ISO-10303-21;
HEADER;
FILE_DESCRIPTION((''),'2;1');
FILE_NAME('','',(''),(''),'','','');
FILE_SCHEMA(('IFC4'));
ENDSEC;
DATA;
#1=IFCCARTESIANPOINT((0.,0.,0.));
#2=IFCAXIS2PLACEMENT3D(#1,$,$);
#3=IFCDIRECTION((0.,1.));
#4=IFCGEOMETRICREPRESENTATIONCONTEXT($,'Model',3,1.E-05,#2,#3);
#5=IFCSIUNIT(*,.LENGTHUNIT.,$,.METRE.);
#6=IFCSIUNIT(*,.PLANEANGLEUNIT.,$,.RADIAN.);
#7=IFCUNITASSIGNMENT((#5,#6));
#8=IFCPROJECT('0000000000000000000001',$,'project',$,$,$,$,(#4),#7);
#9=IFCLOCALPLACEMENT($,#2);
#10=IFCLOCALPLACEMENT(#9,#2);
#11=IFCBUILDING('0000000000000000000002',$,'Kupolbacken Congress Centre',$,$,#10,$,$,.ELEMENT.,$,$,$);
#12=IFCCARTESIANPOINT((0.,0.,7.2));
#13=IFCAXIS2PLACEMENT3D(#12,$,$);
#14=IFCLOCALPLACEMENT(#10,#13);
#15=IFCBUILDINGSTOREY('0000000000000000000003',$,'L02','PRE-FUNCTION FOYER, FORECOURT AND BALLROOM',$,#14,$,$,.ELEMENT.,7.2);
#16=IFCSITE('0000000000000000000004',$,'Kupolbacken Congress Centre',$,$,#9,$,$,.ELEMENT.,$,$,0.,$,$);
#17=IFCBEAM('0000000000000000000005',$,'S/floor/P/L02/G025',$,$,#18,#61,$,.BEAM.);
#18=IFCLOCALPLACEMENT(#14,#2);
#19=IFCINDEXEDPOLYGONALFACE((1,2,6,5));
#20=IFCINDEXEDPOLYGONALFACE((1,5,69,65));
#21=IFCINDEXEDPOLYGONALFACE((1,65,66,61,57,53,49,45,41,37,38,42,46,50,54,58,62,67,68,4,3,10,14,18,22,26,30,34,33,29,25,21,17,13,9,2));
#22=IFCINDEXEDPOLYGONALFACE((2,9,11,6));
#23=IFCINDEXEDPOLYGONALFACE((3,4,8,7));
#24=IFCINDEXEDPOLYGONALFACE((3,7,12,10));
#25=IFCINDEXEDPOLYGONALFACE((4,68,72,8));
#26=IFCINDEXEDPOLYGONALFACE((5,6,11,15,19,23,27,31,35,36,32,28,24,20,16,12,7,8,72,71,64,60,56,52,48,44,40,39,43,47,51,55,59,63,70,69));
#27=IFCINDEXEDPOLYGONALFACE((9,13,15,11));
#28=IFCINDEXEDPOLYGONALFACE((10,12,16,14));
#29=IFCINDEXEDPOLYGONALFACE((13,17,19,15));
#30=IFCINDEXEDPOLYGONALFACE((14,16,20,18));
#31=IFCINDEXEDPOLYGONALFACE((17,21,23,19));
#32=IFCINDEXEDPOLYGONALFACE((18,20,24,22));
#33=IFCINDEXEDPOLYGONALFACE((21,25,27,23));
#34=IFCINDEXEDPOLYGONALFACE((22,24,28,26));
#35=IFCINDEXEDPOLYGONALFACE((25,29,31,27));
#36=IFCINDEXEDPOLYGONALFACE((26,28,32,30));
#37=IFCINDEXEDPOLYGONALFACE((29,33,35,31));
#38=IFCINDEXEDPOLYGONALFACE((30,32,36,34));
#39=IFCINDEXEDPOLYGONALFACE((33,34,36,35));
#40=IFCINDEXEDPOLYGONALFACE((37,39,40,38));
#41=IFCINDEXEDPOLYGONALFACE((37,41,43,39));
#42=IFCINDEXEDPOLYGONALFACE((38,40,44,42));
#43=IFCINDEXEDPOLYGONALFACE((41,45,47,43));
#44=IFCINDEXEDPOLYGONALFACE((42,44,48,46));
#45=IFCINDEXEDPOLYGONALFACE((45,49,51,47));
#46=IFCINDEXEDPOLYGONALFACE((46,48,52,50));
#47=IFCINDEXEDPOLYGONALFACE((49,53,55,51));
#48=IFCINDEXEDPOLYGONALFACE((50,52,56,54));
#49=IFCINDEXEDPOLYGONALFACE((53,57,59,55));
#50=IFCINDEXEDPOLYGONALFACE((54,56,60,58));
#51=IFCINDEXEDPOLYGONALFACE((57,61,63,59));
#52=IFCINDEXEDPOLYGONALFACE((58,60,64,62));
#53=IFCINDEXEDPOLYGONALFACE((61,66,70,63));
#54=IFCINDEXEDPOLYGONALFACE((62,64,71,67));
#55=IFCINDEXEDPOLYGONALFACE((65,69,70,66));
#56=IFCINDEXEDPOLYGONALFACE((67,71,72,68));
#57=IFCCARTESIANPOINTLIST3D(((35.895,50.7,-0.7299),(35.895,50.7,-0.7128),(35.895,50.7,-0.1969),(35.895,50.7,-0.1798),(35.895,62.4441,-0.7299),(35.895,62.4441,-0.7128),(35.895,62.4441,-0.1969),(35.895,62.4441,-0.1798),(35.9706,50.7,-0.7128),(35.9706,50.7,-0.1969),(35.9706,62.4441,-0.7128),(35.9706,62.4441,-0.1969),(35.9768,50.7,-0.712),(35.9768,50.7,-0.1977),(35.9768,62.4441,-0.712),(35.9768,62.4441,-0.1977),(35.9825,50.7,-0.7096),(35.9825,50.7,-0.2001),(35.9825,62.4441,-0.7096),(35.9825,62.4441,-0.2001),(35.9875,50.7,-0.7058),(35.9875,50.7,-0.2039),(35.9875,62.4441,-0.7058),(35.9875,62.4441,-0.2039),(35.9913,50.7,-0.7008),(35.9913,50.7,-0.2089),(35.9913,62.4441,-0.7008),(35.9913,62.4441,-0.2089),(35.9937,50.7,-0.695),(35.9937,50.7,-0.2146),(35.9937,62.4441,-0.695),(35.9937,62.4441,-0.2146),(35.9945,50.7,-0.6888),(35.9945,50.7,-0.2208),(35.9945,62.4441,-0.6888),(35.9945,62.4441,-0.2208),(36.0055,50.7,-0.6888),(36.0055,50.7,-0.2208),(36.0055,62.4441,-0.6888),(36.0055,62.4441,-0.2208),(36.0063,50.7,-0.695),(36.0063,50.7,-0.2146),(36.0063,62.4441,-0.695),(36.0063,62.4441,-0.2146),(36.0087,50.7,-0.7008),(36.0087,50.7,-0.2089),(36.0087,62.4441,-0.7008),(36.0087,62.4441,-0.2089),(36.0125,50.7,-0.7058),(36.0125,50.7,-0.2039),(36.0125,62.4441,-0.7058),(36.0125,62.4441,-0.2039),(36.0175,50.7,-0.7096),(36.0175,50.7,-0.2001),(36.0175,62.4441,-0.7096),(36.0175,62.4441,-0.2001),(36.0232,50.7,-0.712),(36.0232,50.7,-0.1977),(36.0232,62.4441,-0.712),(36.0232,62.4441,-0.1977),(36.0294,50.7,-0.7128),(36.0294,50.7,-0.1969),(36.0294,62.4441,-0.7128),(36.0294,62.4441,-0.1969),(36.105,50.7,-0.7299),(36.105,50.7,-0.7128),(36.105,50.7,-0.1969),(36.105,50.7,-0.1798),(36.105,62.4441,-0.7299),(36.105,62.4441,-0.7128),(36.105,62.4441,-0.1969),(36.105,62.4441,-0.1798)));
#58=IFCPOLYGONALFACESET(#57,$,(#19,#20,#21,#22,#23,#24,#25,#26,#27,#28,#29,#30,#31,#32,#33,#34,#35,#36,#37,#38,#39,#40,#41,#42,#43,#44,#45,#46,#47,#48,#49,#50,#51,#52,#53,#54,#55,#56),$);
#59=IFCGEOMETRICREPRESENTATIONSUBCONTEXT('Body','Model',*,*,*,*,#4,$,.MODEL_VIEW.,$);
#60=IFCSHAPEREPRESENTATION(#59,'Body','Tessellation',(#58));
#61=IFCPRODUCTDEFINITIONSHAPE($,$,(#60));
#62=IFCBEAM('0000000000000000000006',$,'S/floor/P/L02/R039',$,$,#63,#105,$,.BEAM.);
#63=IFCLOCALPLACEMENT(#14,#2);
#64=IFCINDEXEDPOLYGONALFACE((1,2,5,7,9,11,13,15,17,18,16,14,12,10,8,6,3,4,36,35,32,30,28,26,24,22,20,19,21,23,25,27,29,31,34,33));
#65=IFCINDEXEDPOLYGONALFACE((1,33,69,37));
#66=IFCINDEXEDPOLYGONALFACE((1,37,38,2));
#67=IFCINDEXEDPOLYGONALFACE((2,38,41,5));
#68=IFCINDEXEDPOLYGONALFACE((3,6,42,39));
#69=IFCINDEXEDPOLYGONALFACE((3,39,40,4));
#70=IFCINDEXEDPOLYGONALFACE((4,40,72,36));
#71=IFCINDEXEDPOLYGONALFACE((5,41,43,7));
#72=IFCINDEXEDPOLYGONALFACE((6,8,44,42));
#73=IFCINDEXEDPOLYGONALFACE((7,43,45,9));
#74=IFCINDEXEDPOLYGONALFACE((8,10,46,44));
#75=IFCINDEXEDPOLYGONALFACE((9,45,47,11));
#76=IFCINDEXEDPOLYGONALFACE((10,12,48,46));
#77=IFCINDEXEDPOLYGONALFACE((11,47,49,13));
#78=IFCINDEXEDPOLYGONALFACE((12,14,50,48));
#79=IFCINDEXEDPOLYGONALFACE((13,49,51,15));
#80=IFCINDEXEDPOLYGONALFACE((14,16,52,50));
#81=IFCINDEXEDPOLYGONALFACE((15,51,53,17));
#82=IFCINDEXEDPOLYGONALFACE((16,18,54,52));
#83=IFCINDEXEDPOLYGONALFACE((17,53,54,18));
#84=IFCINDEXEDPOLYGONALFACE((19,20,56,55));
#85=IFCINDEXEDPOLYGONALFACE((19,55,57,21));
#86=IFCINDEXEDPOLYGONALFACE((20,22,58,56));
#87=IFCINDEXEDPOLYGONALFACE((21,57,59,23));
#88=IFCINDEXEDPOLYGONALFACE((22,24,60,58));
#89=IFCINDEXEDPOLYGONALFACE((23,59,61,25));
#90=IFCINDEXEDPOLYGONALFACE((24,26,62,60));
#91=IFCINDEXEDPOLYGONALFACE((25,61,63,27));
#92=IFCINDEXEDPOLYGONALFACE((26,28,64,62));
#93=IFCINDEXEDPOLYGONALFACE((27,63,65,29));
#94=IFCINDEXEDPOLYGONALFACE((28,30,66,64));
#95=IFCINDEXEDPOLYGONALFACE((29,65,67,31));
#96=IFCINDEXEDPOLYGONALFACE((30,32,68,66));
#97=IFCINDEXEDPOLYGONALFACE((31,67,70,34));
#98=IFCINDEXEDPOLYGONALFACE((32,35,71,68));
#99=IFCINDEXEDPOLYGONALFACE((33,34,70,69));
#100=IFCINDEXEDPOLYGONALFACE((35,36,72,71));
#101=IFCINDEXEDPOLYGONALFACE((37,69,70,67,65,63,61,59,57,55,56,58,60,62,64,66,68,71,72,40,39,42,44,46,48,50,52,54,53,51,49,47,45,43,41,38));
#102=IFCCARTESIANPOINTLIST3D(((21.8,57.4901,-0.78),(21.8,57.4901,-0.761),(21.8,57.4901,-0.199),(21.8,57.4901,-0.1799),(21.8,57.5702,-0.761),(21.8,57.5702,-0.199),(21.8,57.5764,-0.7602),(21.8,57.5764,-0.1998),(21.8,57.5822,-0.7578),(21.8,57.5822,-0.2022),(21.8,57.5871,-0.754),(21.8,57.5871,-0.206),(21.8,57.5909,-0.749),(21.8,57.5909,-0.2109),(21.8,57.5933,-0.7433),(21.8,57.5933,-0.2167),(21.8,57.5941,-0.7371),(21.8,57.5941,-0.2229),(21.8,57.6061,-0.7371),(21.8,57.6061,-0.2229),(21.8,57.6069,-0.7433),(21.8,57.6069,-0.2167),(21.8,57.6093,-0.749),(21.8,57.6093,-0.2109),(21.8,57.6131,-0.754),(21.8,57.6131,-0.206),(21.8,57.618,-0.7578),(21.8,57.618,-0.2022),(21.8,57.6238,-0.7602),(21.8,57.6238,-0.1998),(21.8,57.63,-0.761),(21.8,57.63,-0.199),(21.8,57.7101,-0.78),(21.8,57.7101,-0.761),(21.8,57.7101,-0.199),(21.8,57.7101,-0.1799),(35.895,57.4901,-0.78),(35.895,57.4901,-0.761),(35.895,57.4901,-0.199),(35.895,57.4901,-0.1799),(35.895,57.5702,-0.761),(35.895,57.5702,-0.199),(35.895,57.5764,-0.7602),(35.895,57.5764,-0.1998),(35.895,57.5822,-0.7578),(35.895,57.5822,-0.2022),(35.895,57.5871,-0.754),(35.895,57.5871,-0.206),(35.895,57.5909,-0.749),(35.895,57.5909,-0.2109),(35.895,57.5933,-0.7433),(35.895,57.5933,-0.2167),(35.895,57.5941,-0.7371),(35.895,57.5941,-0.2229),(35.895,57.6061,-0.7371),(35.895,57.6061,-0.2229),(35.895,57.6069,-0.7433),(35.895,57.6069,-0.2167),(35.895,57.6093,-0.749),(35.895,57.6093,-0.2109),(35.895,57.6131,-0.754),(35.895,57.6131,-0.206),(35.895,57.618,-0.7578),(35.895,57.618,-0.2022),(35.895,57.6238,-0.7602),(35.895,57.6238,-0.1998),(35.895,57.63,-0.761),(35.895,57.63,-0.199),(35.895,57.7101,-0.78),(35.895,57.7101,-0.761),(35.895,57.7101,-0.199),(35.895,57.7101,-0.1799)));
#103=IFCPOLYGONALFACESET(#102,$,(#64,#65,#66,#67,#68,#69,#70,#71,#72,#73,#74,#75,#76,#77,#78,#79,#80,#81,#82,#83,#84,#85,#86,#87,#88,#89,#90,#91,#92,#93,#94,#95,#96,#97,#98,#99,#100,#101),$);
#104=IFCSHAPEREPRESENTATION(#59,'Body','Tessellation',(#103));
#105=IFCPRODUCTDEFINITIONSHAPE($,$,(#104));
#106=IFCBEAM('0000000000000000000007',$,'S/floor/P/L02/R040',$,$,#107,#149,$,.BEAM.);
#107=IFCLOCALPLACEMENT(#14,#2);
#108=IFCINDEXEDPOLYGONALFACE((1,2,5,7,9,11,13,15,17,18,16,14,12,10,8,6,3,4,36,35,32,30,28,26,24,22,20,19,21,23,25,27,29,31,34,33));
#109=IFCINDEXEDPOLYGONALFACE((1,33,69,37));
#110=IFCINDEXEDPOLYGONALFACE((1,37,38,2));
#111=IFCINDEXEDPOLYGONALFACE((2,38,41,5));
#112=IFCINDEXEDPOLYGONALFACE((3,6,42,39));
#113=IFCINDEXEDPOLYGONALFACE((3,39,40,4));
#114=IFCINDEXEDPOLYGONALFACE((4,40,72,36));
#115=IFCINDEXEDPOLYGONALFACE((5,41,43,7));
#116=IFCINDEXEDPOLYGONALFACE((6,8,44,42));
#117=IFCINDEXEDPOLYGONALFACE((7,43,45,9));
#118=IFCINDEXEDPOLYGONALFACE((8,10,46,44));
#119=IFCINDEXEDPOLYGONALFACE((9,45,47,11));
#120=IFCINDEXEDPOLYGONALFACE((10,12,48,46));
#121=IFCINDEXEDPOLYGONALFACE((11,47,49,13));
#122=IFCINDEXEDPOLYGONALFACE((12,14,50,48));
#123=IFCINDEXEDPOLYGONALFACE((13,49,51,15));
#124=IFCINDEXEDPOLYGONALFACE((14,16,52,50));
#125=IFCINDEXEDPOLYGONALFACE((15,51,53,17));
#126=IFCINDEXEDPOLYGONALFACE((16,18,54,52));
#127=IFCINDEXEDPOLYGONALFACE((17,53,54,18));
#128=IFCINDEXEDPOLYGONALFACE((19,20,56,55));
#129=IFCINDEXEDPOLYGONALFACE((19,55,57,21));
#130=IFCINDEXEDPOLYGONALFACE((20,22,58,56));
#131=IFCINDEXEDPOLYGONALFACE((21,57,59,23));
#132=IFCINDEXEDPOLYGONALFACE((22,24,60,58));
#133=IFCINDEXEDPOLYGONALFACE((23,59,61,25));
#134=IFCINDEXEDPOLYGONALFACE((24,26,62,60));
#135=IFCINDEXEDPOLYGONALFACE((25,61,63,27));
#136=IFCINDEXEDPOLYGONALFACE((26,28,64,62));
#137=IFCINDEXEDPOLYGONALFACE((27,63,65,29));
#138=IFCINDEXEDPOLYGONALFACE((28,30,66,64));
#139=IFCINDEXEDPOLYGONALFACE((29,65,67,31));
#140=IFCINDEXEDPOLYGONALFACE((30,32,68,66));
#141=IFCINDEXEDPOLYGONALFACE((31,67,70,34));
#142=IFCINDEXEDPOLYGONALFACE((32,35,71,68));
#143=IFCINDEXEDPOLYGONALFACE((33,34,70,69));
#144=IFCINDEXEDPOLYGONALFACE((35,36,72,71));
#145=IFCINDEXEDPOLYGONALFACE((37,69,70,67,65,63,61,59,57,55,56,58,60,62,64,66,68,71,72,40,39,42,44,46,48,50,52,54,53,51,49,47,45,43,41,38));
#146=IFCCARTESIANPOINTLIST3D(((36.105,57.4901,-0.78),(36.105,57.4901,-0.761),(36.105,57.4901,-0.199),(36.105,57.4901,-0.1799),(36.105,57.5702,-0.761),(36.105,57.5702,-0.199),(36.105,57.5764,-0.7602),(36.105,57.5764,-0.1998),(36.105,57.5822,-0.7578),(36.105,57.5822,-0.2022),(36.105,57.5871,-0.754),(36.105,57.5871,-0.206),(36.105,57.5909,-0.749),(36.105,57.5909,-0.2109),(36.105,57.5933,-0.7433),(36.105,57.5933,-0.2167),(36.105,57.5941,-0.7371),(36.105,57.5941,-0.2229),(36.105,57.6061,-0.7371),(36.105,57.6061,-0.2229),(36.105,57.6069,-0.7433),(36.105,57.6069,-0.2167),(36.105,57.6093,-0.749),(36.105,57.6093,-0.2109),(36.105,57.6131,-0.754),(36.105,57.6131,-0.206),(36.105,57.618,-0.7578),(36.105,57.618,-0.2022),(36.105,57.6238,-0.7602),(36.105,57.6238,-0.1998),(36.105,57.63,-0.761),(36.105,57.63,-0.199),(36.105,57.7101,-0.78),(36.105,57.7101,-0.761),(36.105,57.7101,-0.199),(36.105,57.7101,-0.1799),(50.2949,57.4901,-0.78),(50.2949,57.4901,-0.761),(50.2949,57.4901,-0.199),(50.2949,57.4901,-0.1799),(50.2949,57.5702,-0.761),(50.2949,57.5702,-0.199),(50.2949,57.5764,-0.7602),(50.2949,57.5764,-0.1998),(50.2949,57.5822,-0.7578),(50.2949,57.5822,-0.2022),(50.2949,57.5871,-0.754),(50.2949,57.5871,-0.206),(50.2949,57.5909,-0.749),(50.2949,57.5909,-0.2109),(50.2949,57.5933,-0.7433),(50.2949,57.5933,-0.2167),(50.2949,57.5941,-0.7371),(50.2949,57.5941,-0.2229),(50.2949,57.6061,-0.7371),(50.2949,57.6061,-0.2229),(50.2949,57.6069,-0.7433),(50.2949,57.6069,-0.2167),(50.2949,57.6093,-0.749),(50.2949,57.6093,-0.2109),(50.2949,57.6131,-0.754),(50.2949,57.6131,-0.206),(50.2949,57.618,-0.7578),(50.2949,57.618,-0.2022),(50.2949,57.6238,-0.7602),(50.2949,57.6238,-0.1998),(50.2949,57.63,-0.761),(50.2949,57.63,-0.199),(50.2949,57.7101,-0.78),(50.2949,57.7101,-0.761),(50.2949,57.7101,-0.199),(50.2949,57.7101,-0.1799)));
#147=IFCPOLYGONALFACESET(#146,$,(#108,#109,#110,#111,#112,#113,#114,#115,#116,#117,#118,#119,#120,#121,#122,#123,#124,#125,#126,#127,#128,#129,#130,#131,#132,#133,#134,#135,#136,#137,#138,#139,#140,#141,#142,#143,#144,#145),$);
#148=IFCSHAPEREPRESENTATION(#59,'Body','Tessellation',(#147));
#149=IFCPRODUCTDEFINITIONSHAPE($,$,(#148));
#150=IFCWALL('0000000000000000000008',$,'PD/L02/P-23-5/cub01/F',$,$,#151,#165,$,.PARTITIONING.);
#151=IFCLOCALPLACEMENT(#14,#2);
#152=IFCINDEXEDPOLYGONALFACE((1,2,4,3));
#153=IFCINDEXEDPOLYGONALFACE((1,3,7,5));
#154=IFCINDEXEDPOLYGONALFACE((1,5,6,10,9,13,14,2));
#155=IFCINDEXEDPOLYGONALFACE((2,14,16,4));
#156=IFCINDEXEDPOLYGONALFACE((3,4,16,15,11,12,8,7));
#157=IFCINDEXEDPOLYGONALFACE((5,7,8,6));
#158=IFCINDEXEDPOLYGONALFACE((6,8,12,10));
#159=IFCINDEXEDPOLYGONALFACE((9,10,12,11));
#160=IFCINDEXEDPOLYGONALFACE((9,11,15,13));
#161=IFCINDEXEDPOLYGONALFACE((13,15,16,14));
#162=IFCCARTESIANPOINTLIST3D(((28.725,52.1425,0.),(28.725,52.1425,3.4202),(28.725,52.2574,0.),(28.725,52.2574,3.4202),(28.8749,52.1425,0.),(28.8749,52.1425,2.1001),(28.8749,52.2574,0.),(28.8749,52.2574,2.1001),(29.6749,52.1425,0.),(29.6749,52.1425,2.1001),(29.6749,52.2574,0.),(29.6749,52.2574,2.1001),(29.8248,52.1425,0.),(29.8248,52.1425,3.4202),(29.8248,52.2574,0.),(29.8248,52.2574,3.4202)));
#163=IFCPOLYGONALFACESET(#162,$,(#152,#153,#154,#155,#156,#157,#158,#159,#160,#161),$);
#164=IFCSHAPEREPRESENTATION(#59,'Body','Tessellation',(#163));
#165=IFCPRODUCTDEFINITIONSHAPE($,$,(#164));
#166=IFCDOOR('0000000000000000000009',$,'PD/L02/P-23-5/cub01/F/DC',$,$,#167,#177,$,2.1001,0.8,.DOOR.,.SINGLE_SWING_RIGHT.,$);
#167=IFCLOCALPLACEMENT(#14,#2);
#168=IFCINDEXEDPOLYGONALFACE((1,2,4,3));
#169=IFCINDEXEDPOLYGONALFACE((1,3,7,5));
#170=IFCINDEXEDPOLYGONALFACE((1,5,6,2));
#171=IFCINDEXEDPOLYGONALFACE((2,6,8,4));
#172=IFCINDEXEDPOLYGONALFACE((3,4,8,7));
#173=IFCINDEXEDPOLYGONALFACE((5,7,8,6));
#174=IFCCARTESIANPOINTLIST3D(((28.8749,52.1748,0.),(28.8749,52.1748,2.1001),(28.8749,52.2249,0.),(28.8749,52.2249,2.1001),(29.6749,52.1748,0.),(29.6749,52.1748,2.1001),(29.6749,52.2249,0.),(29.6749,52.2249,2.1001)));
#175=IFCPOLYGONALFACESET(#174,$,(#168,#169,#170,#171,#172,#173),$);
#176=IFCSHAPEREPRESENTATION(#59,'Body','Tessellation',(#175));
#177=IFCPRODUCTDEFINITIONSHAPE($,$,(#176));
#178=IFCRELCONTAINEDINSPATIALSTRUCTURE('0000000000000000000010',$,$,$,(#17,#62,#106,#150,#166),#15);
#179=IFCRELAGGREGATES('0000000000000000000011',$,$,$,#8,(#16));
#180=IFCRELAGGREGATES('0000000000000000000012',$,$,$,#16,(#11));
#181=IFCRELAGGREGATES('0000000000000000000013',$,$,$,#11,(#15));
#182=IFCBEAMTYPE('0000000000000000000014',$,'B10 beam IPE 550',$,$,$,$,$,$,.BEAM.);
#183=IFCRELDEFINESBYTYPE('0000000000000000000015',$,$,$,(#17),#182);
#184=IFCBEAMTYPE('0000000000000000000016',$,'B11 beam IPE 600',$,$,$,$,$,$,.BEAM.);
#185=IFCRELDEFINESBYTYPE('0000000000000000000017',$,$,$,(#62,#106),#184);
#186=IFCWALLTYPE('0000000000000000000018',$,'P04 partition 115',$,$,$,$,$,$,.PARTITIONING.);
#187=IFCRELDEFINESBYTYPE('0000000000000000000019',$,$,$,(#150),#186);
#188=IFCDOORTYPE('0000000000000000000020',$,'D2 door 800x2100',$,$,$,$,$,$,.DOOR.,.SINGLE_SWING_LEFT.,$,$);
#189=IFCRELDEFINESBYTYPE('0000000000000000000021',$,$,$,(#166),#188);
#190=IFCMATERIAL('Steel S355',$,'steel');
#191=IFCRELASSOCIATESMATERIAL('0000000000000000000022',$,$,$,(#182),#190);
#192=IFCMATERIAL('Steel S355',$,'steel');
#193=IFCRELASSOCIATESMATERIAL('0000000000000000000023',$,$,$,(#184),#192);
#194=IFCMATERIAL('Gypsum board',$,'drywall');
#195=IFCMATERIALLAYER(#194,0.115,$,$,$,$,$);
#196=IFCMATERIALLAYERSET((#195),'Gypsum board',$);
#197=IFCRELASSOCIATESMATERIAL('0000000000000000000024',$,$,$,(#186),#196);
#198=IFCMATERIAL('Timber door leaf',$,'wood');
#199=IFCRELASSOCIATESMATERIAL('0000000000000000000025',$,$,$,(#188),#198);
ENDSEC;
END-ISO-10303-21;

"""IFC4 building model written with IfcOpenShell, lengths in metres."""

from ifc_helpers import new_model, si_unit, direction, frame, frame_2d, origin, origin_2d, place, context, subcontext, project, spatial, rectangle, i_section, extrude, material, layer, layer_set, material_profile, profile_set, type_object, element, fill, save


model = new_model("IFC4")

# Units and contexts
model_context = context("Model", 3, precision=1e-05, world=origin(), true_north=direction((0.0, 1.0)))
body_context = subcontext(model_context, "Body", "Model", "MODEL_VIEW")
ifc_project = project(units=[si_unit("LENGTHUNIT", "METRE"), si_unit("PLANEANGLEUNIT", "RADIAN")], contexts=[model_context])

# Site, building, storey
site_placement = place(None, origin())
site = spatial("IfcSite", under=ifc_project, at=site_placement, Name="Kupolbacken Congress Centre", CompositionType="ELEMENT", RefElevation=0.0)
building_placement = place(site_placement, origin())
building = spatial("IfcBuilding", under=site, at=building_placement, Name="Kupolbacken Congress Centre", CompositionType="ELEMENT")
storey_placement = place(building_placement, frame((0.0, 0.0, 7.2)))
storey = spatial("IfcBuildingStorey", under=building, at=storey_placement, Name="L02", Description="PRE-FUNCTION FOYER, FORECOURT AND BALLROOM", CompositionType="ELEMENT", Elevation=7.2)

# Beams
ifc_material_1 = material(Name="Steel S355", Category="steel")
ifc_material_profile_1 = material_profile(ifc_material_1, i_section(OverallWidth=0.21, OverallDepth=0.55, WebThickness=0.011, FlangeThickness=0.0171, FilletRadius=0.0239, at=origin_2d()), Name="IPE 550")
ifc_profile_set_1 = profile_set([ifc_material_profile_1], Name="Steel S355")
beam_type_1 = type_object("IfcBeamType", Name="B10 beam IPE 550", PredefinedType="BEAM", material=ifc_profile_set_1)
beam_1_placement = place(storey_placement, frame((36.0, 50.7, -0.4548), z_axis=(0.0, 1.0, 0.0), x_axis=(-1.0, 0.0, 0.0)))
element("IfcBeam", 1, at=beam_1_placement, inside=storey, type_object=beam_type_1, Name="S/floor/P/L02/G025", PredefinedType="BEAM", context=body_context, shape_type="SweptSolid", body=[
    extrude(i_section(OverallWidth=0.21, OverallDepth=0.55, WebThickness=0.011, FlangeThickness=0.0171, FilletRadius=0.0239, at=origin_2d()), origin(), (0.0, 0.0, 1.0), 11.7441),
])
ifc_material_2 = material(Name="Steel S355", Category="steel")
ifc_material_profile_2 = material_profile(ifc_material_2, i_section(OverallWidth=0.22, OverallDepth=0.6001, WebThickness=0.012, FlangeThickness=0.019, FilletRadius=0.0239, at=origin_2d()), Name="IPE 600")
ifc_profile_set_2 = profile_set([ifc_material_profile_2], Name="Steel S355")
beam_type_2 = type_object("IfcBeamType", Name="B11 beam IPE 600", PredefinedType="BEAM", material=ifc_profile_set_2)
beam_2_placement = place(storey_placement, frame((21.8, 57.6001, -0.48), z_axis=(1.0, 0.0, 0.0), x_axis=(0.0, 1.0, 0.0)))
element("IfcBeam", 2, at=beam_2_placement, inside=storey, type_object=beam_type_2, Name="S/floor/P/L02/R039", PredefinedType="BEAM", context=body_context, shape_type="SweptSolid", body=[
    extrude(i_section(OverallWidth=0.22, OverallDepth=0.6001, WebThickness=0.012, FlangeThickness=0.019, FilletRadius=0.0239, at=origin_2d()), origin(), (0.0, 0.0, 1.0), 14.095),
])
beam_3_placement = place(storey_placement, frame((36.105, 57.6001, -0.48), z_axis=(1.0, 0.0, 0.0), x_axis=(0.0, 1.0, 0.0)))
element("IfcBeam", 3, at=beam_3_placement, inside=storey, type_object=beam_type_2, Name="S/floor/P/L02/R040", PredefinedType="BEAM", context=body_context, shape_type="SweptSolid", body=[
    extrude(i_section(OverallWidth=0.22, OverallDepth=0.6001, WebThickness=0.012, FlangeThickness=0.019, FilletRadius=0.0239, at=origin_2d()), origin(), (0.0, 0.0, 1.0), 14.1899),
])

# Wall, opening, door
ifc_material_3 = material(Name="Gypsum board", Category="drywall")
ifc_layer_1 = layer(ifc_material_3, 0.115)
ifc_layer_set_1 = layer_set([ifc_layer_1], Name="Gypsum board")
wall_type_1 = type_object("IfcWallType", Name="P04 partition 115", PredefinedType="PARTITIONING", material=ifc_layer_set_1)
wall_1_placement = place(storey_placement, frame((28.7251, 52.2, 0.0), z_axis=(0.0, 0.0, 1.0), x_axis=(1.0, 0.0, 0.0)))
wall_1 = element("IfcWall", 4, at=wall_1_placement, inside=storey, type_object=wall_type_1, Name="PD/L02/P-23-5/cub01/F", PredefinedType="PARTITIONING", context=body_context, shape_type="SweptSolid", body=[
    extrude(rectangle(XDim=1.0999, YDim=0.115, at=frame_2d((0.5498, 0.0))), origin(), (0.0, 0.0, 1.0), 3.4202),
])
opening_1_placement = place(wall_1_placement, frame((0.1499, 0.0, 0.0)))
opening_1 = element("IfcOpeningElement", 5, at=opening_1_placement, cuts=wall_1, PredefinedType="OPENING", context=body_context, shape_type="SweptSolid", body=[
    extrude(rectangle(XDim=0.8, YDim=2.1001, at=frame_2d((0.3999, 1.05))), frame((0.0, 0.0674, 0.0), z_axis=(0.0, -1.0, 0.0), x_axis=(1.0, 0.0, 0.0)), (0.0, 0.0, 1.0), 0.135),
])
ifc_material_4 = material(Name="Timber door leaf", Category="wood")
door_type_1 = type_object("IfcDoorType", Name="D2 door 800x2100", OperationType="SINGLE_SWING_LEFT", PredefinedType="DOOR", material=ifc_material_4)
door_1_placement = place(opening_1_placement, origin())
door_1 = element("IfcDoor", 6, at=door_1_placement, inside=storey, type_object=door_type_1, Name="PD/L02/P-23-5/cub01/F/DC", OperationType="SINGLE_SWING_RIGHT", OverallHeight=2.1001, OverallWidth=0.8, PredefinedType="DOOR", context=body_context, shape_type="SweptSolid", body=[
    extrude(rectangle(XDim=0.8, YDim=2.1001, at=frame_2d((0.3999, 1.05))), frame((0.0, 0.0249, 0.0), z_axis=(0.0, -1.0, 0.0), x_axis=(1.0, 0.0, 0.0)), (0.0, 0.0, 1.0), 0.05),
])
fill(opening_1, door_1)

save(model, "model.ifc")
